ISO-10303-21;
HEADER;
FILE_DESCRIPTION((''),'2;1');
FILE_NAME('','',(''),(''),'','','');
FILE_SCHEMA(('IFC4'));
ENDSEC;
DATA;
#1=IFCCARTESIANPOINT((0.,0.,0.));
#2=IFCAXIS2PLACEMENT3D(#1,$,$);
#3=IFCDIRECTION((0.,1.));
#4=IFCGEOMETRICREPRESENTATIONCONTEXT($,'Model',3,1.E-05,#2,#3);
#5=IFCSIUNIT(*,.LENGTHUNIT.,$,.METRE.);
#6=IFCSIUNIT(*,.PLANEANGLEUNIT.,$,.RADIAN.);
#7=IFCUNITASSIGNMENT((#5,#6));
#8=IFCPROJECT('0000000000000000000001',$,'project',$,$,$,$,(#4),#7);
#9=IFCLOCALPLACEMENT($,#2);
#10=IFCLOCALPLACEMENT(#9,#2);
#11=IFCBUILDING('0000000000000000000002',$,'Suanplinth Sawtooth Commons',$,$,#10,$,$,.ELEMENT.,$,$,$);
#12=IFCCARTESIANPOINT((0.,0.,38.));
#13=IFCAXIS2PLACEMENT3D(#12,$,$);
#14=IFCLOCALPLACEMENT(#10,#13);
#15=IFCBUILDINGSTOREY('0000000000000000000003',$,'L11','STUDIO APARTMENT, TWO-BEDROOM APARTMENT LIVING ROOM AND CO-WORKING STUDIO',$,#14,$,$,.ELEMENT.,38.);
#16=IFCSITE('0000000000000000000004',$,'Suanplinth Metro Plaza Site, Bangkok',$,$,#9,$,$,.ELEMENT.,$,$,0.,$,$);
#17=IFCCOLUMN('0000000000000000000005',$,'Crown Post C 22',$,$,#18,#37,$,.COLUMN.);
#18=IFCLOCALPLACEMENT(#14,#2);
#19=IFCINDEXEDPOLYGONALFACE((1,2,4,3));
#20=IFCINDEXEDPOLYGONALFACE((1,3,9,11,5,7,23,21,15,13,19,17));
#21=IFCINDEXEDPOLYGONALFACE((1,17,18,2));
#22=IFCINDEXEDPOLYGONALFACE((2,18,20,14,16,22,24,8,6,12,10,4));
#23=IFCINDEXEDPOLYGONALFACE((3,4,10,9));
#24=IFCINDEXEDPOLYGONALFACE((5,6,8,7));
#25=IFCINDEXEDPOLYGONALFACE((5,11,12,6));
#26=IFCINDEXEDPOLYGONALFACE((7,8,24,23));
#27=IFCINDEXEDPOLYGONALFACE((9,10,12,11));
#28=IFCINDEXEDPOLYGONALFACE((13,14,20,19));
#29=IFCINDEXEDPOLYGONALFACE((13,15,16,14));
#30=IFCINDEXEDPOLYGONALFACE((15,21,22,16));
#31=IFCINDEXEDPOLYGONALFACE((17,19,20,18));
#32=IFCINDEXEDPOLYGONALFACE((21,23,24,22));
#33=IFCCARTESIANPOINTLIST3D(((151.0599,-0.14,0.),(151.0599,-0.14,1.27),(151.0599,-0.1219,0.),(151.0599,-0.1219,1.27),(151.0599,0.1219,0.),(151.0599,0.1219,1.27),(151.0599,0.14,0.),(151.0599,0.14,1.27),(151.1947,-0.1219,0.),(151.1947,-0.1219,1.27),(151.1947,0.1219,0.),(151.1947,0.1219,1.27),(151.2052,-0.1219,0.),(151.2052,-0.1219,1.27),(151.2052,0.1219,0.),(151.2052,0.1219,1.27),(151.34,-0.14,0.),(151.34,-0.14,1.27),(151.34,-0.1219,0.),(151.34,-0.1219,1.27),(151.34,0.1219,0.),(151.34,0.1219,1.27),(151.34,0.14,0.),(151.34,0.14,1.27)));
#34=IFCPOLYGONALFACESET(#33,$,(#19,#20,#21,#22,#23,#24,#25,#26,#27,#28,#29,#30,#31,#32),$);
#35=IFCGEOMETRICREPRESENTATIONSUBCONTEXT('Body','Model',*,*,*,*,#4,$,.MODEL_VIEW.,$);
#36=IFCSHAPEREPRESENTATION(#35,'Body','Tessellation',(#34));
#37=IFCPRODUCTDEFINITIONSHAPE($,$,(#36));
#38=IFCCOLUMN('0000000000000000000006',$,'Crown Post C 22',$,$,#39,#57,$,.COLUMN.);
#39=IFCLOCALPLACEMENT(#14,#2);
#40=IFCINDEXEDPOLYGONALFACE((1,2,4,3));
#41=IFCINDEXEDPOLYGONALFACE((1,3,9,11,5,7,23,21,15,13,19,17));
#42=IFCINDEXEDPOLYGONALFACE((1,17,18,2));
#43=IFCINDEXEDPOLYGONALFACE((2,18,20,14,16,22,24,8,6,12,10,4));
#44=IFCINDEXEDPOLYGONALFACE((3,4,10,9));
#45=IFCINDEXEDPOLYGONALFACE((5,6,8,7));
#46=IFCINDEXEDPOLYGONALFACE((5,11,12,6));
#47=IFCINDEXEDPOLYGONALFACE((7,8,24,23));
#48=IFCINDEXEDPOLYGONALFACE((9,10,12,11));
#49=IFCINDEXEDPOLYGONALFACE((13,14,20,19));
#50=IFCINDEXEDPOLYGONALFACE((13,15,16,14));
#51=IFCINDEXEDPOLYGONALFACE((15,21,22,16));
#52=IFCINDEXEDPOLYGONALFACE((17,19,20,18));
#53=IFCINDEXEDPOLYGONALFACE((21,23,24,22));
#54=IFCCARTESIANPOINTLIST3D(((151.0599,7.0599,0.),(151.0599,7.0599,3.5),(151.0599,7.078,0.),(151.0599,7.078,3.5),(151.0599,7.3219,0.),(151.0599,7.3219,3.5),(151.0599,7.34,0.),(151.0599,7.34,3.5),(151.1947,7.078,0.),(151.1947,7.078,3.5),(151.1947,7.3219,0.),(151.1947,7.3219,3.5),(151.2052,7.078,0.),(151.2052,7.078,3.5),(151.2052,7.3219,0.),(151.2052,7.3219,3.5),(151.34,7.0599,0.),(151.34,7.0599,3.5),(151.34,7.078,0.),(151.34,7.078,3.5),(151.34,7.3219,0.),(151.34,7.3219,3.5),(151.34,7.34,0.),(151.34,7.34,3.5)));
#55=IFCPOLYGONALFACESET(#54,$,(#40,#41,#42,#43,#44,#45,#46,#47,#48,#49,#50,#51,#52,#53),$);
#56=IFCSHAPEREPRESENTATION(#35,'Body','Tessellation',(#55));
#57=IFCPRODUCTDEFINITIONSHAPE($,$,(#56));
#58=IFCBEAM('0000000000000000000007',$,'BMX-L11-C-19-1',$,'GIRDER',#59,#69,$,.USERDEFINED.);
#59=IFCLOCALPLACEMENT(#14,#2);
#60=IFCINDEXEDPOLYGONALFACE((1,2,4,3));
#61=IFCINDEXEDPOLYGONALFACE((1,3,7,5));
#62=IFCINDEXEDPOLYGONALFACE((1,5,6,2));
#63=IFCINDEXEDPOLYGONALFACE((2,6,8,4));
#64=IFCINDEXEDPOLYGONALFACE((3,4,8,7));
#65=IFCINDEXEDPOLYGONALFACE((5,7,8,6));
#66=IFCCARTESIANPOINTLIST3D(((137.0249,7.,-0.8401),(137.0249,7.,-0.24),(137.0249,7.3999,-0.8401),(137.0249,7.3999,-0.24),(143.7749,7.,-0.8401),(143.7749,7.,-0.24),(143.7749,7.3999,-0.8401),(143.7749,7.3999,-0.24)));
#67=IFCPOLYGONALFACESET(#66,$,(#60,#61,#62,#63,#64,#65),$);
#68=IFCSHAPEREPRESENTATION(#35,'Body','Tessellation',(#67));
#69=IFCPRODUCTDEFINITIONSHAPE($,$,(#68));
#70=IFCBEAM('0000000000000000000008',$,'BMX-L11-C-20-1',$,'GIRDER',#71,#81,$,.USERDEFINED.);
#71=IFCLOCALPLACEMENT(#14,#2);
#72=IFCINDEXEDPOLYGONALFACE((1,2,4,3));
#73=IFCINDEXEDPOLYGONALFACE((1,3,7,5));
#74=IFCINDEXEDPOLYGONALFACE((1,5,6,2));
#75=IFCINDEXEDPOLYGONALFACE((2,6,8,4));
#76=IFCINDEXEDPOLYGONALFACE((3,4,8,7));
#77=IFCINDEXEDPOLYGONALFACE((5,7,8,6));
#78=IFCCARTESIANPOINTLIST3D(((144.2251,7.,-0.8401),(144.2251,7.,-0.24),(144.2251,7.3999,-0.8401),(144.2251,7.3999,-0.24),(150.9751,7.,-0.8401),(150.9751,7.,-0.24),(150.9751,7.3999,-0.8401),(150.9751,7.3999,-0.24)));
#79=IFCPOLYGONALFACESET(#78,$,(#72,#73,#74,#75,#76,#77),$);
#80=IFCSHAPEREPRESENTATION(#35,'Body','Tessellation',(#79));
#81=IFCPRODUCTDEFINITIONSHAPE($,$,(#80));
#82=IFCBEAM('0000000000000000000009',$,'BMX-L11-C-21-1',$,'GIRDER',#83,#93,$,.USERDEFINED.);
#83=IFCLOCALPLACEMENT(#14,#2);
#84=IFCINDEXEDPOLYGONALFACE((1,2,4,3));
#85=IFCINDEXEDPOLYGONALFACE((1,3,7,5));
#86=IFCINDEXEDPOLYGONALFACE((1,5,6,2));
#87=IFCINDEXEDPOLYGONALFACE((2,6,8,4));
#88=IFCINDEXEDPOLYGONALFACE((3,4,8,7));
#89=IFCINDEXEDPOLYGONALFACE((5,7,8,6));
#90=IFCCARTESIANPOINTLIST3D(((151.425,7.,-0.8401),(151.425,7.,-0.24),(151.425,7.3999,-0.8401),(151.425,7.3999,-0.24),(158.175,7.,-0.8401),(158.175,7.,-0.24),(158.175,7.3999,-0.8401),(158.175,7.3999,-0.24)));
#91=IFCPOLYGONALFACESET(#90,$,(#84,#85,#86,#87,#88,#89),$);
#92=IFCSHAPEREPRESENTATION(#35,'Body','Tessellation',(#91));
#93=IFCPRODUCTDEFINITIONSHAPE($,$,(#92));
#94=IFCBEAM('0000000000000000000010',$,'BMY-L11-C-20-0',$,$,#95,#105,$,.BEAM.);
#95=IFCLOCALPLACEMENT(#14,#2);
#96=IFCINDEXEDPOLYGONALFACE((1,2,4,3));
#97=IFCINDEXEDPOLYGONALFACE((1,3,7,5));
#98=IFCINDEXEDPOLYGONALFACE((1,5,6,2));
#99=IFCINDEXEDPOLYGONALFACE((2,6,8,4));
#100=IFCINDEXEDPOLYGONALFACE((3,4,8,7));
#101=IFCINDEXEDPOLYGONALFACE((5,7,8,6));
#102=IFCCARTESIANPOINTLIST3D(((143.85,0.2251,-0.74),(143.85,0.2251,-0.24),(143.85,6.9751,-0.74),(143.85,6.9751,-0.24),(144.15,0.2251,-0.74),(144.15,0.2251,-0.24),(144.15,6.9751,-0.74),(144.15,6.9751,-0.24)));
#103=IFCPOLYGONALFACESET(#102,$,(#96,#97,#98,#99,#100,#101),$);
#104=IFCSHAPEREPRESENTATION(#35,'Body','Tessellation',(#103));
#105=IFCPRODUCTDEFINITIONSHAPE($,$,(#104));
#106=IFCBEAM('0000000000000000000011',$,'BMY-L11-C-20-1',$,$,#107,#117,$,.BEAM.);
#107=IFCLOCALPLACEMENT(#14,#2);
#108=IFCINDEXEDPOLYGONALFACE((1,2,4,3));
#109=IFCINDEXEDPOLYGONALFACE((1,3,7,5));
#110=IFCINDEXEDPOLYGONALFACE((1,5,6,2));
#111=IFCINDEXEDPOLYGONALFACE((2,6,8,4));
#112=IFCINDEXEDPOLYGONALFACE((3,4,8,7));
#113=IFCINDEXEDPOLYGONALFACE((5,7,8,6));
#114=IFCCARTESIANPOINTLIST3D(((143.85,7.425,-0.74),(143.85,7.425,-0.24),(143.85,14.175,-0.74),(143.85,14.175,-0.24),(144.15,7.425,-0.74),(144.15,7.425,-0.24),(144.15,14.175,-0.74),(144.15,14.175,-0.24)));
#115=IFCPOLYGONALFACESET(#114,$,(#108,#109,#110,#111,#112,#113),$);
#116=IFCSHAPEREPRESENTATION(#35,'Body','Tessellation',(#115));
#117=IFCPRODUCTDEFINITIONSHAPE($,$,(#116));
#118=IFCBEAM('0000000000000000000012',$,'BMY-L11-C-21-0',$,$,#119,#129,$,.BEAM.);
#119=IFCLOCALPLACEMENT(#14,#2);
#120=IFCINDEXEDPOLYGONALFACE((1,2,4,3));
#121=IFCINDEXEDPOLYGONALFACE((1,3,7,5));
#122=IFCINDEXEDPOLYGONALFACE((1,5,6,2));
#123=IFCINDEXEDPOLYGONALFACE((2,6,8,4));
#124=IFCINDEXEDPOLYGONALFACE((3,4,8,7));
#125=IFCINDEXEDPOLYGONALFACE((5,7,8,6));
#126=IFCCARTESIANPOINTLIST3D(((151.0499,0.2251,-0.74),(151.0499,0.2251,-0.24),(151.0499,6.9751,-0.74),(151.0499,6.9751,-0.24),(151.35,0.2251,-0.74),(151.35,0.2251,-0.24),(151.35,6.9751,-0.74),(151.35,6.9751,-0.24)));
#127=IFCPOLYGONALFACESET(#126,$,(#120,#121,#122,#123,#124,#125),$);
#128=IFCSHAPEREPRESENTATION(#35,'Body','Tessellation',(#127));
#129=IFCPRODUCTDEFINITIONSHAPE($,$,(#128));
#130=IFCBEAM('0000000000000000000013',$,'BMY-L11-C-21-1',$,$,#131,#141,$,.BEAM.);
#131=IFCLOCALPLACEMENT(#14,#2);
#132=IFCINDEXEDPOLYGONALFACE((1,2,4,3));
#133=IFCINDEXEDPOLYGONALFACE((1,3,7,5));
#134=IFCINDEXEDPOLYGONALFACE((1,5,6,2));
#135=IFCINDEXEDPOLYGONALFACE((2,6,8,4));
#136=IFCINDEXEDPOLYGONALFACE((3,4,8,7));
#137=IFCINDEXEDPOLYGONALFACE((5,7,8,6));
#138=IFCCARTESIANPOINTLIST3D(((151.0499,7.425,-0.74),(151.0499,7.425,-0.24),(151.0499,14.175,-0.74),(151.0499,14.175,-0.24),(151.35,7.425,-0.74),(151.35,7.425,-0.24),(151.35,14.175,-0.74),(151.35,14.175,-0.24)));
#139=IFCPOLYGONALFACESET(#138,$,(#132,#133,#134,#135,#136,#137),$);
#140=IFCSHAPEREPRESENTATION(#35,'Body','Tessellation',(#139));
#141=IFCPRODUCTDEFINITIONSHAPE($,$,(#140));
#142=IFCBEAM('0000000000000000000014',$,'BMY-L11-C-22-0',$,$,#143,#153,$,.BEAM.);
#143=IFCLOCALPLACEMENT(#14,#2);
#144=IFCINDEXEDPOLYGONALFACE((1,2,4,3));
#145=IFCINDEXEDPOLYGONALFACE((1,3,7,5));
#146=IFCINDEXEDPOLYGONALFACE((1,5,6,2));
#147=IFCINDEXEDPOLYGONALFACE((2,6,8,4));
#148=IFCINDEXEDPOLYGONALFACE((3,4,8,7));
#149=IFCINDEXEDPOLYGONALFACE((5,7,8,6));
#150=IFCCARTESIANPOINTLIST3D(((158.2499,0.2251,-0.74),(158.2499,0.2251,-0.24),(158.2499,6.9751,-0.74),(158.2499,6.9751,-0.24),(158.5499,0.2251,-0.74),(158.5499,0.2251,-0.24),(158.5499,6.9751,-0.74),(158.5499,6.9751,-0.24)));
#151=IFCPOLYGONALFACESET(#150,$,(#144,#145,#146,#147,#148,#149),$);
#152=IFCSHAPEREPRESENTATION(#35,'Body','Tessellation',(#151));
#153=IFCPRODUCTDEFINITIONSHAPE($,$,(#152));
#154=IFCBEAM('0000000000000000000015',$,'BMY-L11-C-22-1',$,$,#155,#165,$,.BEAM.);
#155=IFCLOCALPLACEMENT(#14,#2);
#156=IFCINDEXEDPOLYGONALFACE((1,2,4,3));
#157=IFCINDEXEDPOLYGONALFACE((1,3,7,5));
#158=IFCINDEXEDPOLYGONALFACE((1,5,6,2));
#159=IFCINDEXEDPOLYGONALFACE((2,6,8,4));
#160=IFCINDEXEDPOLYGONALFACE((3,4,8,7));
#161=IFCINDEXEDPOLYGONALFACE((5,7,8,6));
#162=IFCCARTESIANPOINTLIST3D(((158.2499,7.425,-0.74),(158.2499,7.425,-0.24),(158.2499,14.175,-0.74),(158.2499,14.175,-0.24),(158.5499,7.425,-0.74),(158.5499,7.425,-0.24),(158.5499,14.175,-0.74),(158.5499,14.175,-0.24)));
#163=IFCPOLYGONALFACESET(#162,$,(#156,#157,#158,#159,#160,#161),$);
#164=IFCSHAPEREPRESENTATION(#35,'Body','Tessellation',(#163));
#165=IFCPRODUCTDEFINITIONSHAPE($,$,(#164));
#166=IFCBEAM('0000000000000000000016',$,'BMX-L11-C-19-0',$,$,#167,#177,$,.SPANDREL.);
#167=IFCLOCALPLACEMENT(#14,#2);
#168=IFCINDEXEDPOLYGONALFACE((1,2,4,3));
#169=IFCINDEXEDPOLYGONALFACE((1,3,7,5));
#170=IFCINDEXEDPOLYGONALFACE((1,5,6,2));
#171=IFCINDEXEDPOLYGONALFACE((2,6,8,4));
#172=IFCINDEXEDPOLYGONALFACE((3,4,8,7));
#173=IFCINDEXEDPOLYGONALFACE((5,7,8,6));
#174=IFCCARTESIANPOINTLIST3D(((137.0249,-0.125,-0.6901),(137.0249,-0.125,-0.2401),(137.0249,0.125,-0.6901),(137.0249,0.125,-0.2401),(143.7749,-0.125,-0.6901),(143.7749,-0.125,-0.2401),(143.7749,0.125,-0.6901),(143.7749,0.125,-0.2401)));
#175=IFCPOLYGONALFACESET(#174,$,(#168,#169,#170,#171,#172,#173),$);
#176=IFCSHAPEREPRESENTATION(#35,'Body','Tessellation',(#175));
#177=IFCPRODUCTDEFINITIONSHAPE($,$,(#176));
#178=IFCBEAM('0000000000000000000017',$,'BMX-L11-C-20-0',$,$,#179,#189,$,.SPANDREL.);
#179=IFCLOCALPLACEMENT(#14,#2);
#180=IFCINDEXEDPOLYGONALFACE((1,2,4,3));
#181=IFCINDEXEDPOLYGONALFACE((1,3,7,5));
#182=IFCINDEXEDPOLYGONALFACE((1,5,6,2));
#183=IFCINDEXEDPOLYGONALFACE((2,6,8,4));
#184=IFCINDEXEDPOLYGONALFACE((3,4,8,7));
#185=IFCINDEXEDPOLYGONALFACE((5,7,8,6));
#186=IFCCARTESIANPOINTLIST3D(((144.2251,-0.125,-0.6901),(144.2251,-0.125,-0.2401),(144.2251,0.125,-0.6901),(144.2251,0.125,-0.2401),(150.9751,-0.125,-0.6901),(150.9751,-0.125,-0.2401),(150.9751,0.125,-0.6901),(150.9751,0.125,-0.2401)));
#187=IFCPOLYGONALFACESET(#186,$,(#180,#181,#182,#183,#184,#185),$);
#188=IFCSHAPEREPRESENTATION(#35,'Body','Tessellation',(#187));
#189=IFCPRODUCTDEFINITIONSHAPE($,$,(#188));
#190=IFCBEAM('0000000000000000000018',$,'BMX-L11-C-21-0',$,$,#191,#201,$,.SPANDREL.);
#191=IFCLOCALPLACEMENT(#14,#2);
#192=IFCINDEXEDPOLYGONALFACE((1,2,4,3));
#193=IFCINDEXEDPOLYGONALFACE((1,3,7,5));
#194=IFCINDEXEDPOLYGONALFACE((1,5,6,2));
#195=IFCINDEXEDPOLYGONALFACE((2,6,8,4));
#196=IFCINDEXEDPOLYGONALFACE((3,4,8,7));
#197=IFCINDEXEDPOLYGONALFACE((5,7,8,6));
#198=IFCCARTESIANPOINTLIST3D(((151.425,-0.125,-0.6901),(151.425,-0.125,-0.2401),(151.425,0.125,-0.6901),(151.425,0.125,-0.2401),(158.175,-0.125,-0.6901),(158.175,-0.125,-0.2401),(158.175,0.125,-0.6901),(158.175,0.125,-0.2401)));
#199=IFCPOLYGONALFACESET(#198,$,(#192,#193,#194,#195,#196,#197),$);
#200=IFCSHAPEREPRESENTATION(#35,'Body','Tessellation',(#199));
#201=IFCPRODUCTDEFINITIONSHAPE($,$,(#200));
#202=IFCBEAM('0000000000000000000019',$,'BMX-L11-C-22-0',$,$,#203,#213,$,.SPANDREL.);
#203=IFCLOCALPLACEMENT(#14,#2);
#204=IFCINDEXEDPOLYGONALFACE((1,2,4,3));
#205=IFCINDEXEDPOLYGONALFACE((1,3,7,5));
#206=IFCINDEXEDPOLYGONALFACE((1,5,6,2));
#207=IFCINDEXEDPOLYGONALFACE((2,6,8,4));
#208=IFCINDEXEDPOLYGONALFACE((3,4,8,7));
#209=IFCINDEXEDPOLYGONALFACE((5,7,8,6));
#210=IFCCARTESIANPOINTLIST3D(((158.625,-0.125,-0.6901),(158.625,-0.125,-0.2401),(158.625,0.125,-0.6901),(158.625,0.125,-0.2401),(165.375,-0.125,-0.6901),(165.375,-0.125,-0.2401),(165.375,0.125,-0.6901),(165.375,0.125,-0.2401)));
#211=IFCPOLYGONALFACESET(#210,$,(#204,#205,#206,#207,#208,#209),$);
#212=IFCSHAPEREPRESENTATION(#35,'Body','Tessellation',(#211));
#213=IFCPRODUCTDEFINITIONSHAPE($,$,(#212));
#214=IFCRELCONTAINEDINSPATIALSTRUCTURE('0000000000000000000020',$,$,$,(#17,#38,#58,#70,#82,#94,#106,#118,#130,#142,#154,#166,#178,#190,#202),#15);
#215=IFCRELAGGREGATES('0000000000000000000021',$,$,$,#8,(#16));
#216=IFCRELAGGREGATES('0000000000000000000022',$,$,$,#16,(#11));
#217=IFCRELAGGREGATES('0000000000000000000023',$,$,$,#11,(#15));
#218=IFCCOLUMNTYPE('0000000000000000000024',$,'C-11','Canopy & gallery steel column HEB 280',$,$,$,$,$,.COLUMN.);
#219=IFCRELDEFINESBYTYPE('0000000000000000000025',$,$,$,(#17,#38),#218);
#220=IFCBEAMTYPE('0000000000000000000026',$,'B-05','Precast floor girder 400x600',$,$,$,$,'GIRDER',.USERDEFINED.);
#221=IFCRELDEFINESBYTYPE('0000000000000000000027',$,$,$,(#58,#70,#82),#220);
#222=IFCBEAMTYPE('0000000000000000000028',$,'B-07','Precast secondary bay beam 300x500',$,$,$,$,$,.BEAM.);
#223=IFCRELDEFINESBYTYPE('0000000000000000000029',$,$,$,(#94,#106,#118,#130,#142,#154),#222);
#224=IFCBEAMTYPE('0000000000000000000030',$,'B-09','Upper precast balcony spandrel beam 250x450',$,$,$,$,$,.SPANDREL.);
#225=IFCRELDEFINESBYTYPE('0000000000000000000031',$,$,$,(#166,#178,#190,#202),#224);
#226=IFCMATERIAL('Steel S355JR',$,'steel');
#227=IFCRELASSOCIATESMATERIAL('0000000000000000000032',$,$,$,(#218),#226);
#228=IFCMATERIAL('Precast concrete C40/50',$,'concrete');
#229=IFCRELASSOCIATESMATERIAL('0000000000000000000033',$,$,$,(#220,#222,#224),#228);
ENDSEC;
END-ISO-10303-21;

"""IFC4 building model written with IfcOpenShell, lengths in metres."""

from ifc_helpers import new_model, si_unit, direction, frame, origin, origin_2d, place, context, subcontext, project, spatial, rectangle, i_section, extrude, material, material_profile, profile_set, type_object, element, save


model = new_model("IFC4")

# Units and contexts
model_context = context("Model", 3, precision=1e-05, world=origin(), true_north=direction((0.0, 1.0)))
body_context = subcontext(model_context, "Body", "Model", "MODEL_VIEW")
ifc_project = project(units=[si_unit("LENGTHUNIT", "METRE"), si_unit("PLANEANGLEUNIT", "RADIAN")], contexts=[model_context])

# Site, building, storey
site_placement = place(None, origin())
site = spatial("IfcSite", under=ifc_project, at=site_placement, Name="Suanplinth Metro Plaza Site, Bangkok", CompositionType="ELEMENT", RefElevation=0.0)
building_placement = place(site_placement, origin())
building = spatial("IfcBuilding", under=site, at=building_placement, Name="Suanplinth Sawtooth Commons", CompositionType="ELEMENT")
storey_placement = place(building_placement, frame((0.0, 0.0, 38.0)))
storey = spatial("IfcBuildingStorey", under=building, at=storey_placement, Name="L11", Description="STUDIO APARTMENT, TWO-BEDROOM APARTMENT LIVING ROOM AND CO-WORKING STUDIO", CompositionType="ELEMENT", Elevation=38.0)

# Columns
ifc_material_1 = material(Name="Steel S355JR", Category="steel")
ifc_material_profile_1 = material_profile(ifc_material_1, i_section(OverallWidth=0.28, OverallDepth=0.28, WebThickness=0.0105, FlangeThickness=0.0181, at=origin_2d()), Name="HEB 280")
ifc_profile_set_1 = profile_set([ifc_material_profile_1], Name="Steel S355JR")
column_type = type_object("IfcColumnType", Name="C-11", Description="Canopy & gallery steel column HEB 280", PredefinedType="COLUMN", material=ifc_profile_set_1)
column_1_placement = place(storey_placement, frame((151.2, 0.0, 0.0), z_axis=(0.0, 0.0, 1.0), x_axis=(1.0, 0.0, 0.0)))
element("IfcColumn", 1, at=column_1_placement, inside=storey, type_object=column_type, Name="Crown Post C 22", PredefinedType="COLUMN", context=body_context, shape_type="SweptSolid", body=[
    extrude(i_section(OverallWidth=0.28, OverallDepth=0.28, WebThickness=0.0105, FlangeThickness=0.0181, at=origin_2d()), origin(), (0.0, 0.0, 1.0), 1.27),
])
column_2_placement = place(storey_placement, frame((151.2, 7.2, 0.0), z_axis=(0.0, 0.0, 1.0), x_axis=(1.0, 0.0, 0.0)))
element("IfcColumn", 2, at=column_2_placement, inside=storey, type_object=column_type, Name="Crown Post C 22", PredefinedType="COLUMN", context=body_context, shape_type="SweptSolid", body=[
    extrude(i_section(OverallWidth=0.28, OverallDepth=0.28, WebThickness=0.0105, FlangeThickness=0.0181, at=origin_2d()), origin(), (0.0, 0.0, 1.0), 3.5),
])

# Beams
ifc_material_2 = material(Name="Precast concrete C40/50", Category="concrete")
ifc_material_profile_2 = material_profile(ifc_material_2, rectangle(XDim=0.3999, YDim=0.6001, at=origin_2d()), Name="PC-GDR 400x600")
ifc_profile_set_2 = profile_set([ifc_material_profile_2], Name="Precast concrete C40/50")
beam_type_1 = type_object("IfcBeamType", Name="B-05", Description="Precast floor girder 400x600", ElementType="GIRDER", PredefinedType="USERDEFINED", material=ifc_profile_set_2)
for number, where, z_axis, x_axis, name in (
    (3, (137.0249, 7.2, -0.54), (1.0, 0.0, 0.0), (0.0, 1.0, 0.0), "BMX-L11-C-19-1"),
    (4, (144.2251, 7.2, -0.54), (1.0, 0.0, 0.0), (0.0, 1.0, 0.0), "BMX-L11-C-20-1"),
    (5, (151.425, 7.2, -0.54), (1.0, 0.0, 0.0), (0.0, 1.0, 0.0), "BMX-L11-C-21-1"),
):
    element("IfcBeam", number, at=place(storey_placement, frame(where, z_axis=z_axis, x_axis=x_axis)), inside=storey, type_object=beam_type_1, Name=name, ObjectType="GIRDER", PredefinedType="USERDEFINED", context=body_context, shape_type="SweptSolid", body=[
        extrude(rectangle(XDim=0.3999, YDim=0.6001, at=origin_2d()), origin(), (0.0, 0.0, 1.0), 6.75),
    ])
ifc_material_profile_3 = material_profile(ifc_material_2, rectangle(XDim=0.3, YDim=0.5, at=origin_2d()), Name="PC-BM 300x500")
ifc_profile_set_3 = profile_set([ifc_material_profile_3], Name="Precast concrete C40/50")
beam_type_2 = type_object("IfcBeamType", Name="B-07", Description="Precast secondary bay beam 300x500", PredefinedType="BEAM", material=ifc_profile_set_3)
for number, where, z_axis, x_axis, name in (
    (6, (144.0, 0.2251, -0.49), (0.0, 1.0, 0.0), (-1.0, 0.0, 0.0), "BMY-L11-C-20-0"),
    (7, (144.0, 7.425, -0.49), (0.0, 1.0, 0.0), (-1.0, 0.0, 0.0), "BMY-L11-C-20-1"),
    (8, (151.2, 0.2251, -0.49), (0.0, 1.0, 0.0), (-1.0, 0.0, 0.0), "BMY-L11-C-21-0"),
    (9, (151.2, 7.425, -0.49), (0.0, 1.0, 0.0), (-1.0, 0.0, 0.0), "BMY-L11-C-21-1"),
    (10, (158.3999, 0.2251, -0.49), (0.0, 1.0, 0.0), (-1.0, 0.0, 0.0), "BMY-L11-C-22-0"),
    (11, (158.3999, 7.425, -0.49), (0.0, 1.0, 0.0), (-1.0, 0.0, 0.0), "BMY-L11-C-22-1"),
):
    element("IfcBeam", number, at=place(storey_placement, frame(where, z_axis=z_axis, x_axis=x_axis)), inside=storey, type_object=beam_type_2, Name=name, PredefinedType="BEAM", context=body_context, shape_type="SweptSolid", body=[
        extrude(rectangle(XDim=0.3, YDim=0.5, at=origin_2d()), origin(), (0.0, 0.0, 1.0), 6.75),
    ])
ifc_material_profile_4 = material_profile(ifc_material_2, rectangle(XDim=0.25, YDim=0.45, at=origin_2d()), Name="PC-SP 250x450")
ifc_profile_set_4 = profile_set([ifc_material_profile_4], Name="Precast concrete C40/50")
beam_type_3 = type_object("IfcBeamType", Name="B-09", Description="Upper precast balcony spandrel beam 250x450", PredefinedType="SPANDREL", material=ifc_profile_set_4)
for number, where, z_axis, x_axis, name in (
    (12, (137.0249, 0.0, -0.4651), (1.0, 0.0, 0.0), (0.0, 1.0, 0.0), "BMX-L11-C-19-0"),
    (13, (144.2251, 0.0, -0.4651), (1.0, 0.0, 0.0), (0.0, 1.0, 0.0), "BMX-L11-C-20-0"),
    (14, (151.425, 0.0, -0.4651), (1.0, 0.0, 0.0), (0.0, 1.0, 0.0), "BMX-L11-C-21-0"),
    (15, (158.625, 0.0, -0.4651), (1.0, 0.0, 0.0), (0.0, 1.0, 0.0), "BMX-L11-C-22-0"),
):
    element("IfcBeam", number, at=place(storey_placement, frame(where, z_axis=z_axis, x_axis=x_axis)), inside=storey, type_object=beam_type_3, Name=name, PredefinedType="SPANDREL", context=body_context, shape_type="SweptSolid", body=[
        extrude(rectangle(XDim=0.25, YDim=0.45, at=origin_2d()), origin(), (0.0, 0.0, 1.0), 6.75),
    ])

save(model, "model.ifc")
